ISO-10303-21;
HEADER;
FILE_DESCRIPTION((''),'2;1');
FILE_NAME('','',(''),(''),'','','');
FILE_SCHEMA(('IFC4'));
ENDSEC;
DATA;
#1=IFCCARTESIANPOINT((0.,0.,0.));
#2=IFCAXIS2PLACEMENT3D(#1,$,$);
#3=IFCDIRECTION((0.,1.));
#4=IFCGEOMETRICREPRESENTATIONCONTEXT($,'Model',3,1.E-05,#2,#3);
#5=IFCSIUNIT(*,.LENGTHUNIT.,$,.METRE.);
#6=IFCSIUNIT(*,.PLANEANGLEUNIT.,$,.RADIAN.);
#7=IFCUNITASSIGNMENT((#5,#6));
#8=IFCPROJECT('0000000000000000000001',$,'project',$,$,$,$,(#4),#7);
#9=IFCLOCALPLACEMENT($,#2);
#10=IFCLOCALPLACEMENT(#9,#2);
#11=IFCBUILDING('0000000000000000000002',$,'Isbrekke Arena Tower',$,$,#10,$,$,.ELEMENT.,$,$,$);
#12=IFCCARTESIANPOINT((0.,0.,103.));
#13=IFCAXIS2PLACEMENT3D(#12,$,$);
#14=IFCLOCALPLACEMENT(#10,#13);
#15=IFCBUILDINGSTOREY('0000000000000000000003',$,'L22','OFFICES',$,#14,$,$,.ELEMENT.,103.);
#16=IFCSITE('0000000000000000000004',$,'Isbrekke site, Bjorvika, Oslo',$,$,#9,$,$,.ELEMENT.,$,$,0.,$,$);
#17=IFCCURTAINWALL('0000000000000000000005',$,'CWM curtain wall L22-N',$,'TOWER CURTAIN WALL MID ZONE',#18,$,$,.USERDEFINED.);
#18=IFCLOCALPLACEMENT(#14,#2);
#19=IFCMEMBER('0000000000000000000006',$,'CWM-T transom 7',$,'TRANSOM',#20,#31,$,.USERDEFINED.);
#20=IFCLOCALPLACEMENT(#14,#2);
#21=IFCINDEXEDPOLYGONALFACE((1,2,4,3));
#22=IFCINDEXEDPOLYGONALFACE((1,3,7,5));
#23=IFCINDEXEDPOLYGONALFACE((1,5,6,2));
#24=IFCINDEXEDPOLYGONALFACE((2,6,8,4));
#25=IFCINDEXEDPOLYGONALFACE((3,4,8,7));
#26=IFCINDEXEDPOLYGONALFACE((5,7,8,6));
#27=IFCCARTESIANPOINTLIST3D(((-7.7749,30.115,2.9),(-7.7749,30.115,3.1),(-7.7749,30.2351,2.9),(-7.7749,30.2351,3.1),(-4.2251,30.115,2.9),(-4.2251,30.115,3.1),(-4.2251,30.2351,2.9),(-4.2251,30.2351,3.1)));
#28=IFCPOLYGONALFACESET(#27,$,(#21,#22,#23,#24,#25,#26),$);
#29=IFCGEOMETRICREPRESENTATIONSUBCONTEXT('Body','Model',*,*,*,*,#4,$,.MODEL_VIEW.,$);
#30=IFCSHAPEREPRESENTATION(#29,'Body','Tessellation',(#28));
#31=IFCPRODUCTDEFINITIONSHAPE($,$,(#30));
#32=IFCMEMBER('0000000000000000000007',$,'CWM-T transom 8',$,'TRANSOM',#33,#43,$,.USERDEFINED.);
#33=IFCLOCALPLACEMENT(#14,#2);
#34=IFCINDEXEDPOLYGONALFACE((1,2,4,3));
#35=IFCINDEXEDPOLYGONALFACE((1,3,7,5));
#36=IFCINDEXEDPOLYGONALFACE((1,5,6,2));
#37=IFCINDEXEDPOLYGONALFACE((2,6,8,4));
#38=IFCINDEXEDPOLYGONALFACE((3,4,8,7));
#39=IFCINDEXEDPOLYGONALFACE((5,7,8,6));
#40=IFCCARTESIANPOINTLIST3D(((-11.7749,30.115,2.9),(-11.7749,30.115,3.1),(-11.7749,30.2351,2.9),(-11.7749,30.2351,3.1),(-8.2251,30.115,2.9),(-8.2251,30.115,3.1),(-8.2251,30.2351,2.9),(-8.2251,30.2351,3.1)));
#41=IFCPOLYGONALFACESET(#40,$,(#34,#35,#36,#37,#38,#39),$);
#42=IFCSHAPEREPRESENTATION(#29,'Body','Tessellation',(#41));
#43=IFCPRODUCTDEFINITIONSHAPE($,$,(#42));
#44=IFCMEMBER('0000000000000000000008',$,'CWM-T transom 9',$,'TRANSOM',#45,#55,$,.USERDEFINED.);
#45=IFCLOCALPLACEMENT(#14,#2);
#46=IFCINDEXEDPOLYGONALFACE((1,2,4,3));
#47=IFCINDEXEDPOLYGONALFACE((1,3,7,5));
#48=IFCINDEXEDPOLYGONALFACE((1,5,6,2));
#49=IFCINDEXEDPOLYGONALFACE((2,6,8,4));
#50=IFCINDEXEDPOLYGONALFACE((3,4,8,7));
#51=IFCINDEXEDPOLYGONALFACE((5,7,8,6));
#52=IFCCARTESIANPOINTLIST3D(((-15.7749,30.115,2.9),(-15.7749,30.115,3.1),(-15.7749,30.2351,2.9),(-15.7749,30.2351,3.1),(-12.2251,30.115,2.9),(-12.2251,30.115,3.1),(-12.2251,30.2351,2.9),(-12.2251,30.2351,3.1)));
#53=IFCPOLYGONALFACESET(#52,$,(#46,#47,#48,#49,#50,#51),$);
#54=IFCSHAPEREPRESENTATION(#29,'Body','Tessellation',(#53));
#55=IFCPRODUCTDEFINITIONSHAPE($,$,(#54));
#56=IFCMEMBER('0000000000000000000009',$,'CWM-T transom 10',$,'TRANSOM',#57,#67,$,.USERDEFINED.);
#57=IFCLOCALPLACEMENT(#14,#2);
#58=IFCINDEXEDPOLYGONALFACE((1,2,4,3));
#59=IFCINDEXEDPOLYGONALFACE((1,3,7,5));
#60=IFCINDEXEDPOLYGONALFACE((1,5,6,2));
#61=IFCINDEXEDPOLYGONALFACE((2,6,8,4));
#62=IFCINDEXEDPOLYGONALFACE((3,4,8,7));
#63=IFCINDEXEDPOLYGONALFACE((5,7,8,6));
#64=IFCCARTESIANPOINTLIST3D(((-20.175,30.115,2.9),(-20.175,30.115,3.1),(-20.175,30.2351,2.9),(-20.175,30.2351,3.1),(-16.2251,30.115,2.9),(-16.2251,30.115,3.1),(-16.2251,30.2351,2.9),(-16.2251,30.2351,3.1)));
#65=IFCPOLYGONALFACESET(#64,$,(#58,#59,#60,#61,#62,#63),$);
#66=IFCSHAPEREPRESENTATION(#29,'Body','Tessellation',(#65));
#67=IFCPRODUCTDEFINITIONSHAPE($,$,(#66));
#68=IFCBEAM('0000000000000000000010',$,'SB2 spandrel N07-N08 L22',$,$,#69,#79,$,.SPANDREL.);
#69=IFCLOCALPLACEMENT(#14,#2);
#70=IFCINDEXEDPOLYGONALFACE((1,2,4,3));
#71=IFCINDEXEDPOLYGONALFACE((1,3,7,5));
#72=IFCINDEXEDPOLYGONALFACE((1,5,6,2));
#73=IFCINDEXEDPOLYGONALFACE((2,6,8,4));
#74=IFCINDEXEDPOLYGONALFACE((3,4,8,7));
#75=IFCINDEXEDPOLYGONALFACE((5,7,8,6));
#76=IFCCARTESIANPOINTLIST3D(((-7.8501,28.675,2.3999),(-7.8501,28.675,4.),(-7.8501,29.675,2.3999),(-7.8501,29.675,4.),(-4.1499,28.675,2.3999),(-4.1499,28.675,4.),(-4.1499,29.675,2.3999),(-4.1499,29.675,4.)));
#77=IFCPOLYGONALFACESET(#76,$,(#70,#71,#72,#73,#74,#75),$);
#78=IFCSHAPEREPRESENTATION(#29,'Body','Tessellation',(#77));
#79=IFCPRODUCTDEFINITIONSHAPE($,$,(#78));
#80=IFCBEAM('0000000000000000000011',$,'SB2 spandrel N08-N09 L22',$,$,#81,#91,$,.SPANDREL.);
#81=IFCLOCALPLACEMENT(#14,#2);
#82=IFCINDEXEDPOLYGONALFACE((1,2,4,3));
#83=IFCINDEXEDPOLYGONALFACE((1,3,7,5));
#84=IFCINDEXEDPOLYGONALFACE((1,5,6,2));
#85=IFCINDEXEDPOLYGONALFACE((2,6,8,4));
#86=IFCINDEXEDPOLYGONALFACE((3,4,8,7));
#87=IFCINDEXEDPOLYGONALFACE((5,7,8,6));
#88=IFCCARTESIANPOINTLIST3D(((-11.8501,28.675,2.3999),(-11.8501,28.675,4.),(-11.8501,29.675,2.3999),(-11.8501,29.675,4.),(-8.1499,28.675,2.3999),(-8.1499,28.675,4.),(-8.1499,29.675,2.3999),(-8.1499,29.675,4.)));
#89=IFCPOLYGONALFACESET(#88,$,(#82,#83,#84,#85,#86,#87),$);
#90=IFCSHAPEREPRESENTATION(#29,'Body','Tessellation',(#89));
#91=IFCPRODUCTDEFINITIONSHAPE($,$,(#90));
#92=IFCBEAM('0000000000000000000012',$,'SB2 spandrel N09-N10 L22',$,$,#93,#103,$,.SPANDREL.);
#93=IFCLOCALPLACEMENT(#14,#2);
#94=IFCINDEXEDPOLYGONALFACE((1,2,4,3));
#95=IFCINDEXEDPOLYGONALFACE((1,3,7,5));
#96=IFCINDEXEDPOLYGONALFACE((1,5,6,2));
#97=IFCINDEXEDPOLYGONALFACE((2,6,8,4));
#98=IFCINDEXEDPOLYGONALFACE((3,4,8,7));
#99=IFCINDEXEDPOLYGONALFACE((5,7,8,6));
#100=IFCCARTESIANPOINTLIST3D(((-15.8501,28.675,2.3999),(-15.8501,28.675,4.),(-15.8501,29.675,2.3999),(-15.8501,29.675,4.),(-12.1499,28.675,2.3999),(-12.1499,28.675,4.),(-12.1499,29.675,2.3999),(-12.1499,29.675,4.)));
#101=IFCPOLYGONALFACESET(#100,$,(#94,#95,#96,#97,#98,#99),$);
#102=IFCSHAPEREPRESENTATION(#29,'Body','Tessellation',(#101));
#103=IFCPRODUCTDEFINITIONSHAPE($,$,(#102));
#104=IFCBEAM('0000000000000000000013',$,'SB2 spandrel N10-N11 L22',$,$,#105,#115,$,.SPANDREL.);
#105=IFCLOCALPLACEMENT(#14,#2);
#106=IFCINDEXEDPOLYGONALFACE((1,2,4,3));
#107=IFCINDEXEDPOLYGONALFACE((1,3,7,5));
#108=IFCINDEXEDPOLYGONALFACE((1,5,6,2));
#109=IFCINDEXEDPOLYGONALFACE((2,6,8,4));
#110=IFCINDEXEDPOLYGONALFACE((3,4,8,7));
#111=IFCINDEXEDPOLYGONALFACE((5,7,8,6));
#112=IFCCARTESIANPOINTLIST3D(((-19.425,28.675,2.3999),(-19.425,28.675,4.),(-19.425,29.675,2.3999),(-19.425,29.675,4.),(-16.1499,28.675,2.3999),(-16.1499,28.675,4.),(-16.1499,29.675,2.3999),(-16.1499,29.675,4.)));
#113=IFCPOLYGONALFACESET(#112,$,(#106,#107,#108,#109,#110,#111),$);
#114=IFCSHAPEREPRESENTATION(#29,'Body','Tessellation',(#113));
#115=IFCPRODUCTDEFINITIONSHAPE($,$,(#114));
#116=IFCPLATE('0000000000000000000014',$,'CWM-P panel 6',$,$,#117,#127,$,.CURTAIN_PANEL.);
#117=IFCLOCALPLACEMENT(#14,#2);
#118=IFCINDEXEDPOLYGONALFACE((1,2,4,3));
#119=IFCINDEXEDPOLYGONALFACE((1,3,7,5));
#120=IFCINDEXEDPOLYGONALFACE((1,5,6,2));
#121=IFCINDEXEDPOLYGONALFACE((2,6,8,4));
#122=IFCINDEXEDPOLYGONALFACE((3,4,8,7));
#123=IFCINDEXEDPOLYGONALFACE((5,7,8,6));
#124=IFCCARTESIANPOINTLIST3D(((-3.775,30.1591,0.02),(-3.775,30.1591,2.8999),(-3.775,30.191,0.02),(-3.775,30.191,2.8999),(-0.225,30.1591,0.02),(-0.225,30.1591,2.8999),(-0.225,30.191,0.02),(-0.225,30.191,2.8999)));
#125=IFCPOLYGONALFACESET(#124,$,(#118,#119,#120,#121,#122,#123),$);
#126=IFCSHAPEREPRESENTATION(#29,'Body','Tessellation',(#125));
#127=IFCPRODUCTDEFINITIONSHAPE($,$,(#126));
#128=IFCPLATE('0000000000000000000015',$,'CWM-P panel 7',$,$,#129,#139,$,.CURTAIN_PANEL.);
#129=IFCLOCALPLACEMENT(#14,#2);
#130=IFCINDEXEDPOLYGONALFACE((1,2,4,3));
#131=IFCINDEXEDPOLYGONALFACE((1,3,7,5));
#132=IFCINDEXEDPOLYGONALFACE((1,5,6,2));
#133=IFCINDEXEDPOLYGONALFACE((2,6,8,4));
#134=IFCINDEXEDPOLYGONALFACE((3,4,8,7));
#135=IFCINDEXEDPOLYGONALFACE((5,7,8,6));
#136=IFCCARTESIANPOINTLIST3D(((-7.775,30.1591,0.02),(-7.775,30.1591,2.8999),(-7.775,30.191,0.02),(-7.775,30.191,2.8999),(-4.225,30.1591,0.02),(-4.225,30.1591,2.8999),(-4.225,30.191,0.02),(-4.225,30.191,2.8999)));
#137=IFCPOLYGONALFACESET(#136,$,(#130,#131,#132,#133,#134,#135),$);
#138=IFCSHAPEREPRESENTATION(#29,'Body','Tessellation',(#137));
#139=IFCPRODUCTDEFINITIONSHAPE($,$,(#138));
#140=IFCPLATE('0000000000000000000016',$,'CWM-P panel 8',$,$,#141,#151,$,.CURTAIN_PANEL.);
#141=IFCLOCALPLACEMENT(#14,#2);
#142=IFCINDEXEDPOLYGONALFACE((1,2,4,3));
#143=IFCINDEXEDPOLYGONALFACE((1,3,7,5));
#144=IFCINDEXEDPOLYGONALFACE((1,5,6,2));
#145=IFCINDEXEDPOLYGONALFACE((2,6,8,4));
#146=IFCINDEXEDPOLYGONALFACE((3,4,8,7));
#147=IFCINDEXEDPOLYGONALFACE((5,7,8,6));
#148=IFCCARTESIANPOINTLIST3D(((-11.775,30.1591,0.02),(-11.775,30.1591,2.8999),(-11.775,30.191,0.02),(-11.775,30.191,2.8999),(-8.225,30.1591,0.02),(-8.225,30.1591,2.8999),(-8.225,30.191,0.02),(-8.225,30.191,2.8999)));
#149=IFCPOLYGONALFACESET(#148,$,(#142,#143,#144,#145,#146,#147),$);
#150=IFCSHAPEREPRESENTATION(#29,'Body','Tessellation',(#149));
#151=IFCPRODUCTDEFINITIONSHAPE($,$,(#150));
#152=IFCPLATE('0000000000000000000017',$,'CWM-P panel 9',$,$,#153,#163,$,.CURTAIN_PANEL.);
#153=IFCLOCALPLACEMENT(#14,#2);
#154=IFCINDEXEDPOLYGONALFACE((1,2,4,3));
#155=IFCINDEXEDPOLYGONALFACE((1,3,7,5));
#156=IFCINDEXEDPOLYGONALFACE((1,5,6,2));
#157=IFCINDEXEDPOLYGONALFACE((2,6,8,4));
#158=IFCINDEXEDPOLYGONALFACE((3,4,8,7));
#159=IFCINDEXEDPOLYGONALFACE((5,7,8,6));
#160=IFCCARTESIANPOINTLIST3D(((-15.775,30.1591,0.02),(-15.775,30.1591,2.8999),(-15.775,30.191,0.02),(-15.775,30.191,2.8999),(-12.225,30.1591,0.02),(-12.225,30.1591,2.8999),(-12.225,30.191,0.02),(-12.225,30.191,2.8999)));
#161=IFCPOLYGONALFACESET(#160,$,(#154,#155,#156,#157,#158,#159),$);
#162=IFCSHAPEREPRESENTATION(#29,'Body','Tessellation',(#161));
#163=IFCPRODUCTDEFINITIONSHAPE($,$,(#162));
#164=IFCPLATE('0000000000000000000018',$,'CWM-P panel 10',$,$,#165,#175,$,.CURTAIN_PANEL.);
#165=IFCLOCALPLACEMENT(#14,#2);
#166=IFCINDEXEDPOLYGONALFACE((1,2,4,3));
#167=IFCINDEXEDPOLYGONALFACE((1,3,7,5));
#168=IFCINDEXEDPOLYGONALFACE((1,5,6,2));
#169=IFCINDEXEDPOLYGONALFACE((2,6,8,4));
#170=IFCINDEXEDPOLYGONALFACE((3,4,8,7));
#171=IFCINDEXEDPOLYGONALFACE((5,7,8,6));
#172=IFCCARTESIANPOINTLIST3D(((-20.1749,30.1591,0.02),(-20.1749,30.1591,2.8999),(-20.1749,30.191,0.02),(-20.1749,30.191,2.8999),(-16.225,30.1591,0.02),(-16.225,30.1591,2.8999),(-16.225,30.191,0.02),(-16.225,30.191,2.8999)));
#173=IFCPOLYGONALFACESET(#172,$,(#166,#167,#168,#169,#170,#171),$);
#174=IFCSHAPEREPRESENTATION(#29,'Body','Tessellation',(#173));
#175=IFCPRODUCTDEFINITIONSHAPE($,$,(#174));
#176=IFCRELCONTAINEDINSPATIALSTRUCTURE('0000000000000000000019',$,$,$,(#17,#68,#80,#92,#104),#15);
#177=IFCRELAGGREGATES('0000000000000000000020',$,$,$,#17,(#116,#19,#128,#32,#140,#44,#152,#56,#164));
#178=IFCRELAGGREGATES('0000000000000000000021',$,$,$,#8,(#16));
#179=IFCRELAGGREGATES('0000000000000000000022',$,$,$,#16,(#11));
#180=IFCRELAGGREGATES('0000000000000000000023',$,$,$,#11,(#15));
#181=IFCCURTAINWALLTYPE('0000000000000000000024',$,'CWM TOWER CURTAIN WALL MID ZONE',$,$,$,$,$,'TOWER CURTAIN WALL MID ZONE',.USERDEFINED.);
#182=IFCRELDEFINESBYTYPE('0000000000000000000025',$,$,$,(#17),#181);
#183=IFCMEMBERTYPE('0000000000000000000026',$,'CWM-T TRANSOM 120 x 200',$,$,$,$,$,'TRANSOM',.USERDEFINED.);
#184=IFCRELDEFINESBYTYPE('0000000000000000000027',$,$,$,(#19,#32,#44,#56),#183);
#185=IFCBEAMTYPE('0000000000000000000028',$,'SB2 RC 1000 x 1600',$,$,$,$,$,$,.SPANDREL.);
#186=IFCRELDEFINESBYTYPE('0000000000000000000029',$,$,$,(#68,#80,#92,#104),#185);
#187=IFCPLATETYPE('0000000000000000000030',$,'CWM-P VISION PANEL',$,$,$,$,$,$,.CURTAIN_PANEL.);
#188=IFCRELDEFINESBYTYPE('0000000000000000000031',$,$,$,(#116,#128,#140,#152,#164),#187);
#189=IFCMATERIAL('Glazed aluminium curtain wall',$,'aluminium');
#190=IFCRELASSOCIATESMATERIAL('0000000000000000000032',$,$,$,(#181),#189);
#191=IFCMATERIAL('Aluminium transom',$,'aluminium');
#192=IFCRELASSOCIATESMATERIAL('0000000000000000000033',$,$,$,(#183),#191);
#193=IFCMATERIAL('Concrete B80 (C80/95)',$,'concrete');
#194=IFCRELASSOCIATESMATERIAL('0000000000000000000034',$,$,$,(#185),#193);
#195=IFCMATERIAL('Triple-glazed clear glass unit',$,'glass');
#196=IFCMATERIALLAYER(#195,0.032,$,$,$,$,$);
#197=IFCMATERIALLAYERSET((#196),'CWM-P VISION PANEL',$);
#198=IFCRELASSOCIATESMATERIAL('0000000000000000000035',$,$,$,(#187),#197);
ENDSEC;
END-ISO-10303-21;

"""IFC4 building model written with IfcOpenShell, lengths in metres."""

from ifc_helpers import new_model, si_unit, direction, frame, origin, origin_2d, place, context, subcontext, project, spatial, rectangle, extrude, material, layer, layer_set, material_profile, profile_set, type_object, element, aggregate, save


model = new_model("IFC4")

# Units and contexts
model_context = context("Model", 3, precision=1e-05, world=origin(), true_north=direction((0.0, 1.0)))
body_context = subcontext(model_context, "Body", "Model", "MODEL_VIEW")
ifc_project = project(units=[si_unit("LENGTHUNIT", "METRE"), si_unit("PLANEANGLEUNIT", "RADIAN")], contexts=[model_context])

# Site, building, storey
site_placement = place(None, origin())
site = spatial("IfcSite", under=ifc_project, at=site_placement, Name="Isbrekke site, Bjorvika, Oslo", CompositionType="ELEMENT", RefElevation=0.0)
building_placement = place(site_placement, origin())
building = spatial("IfcBuilding", under=site, at=building_placement, Name="Isbrekke Arena Tower", CompositionType="ELEMENT")
storey_placement = place(building_placement, frame((0.0, 0.0, 103.0)))
storey = spatial("IfcBuildingStorey", under=building, at=storey_placement, Name="L22", Description="OFFICES", CompositionType="ELEMENT", Elevation=103.0)

# Curtain wall, members
ifc_material_1 = material(Name="Glazed aluminium curtain wall", Category="aluminium")
curtain_wall_type = type_object("IfcCurtainWallType", Name="CWM TOWER CURTAIN WALL MID ZONE", ElementType="TOWER CURTAIN WALL MID ZONE", PredefinedType="USERDEFINED", material=ifc_material_1)
curtain_wall_placement = place(storey_placement, origin())
curtain_wall = element("IfcCurtainWall", 1, at=curtain_wall_placement, inside=storey, type_object=curtain_wall_type, Name="CWM curtain wall L22-N", ObjectType="TOWER CURTAIN WALL MID ZONE", PredefinedType="USERDEFINED")
ifc_material_2 = material(Name="Aluminium transom", Category="aluminium")
ifc_material_profile_1 = material_profile(ifc_material_2, rectangle(XDim=0.1201, YDim=0.2, at=origin_2d()), Name="TRANSOM 120X200")
ifc_profile_set_1 = profile_set([ifc_material_profile_1], Name="Aluminium transom")
member_type_1 = type_object("IfcMemberType", Name="CWM-T TRANSOM 120 x 200", ElementType="TRANSOM", PredefinedType="USERDEFINED", material=ifc_profile_set_1)
member_1_placement = place(storey_placement, frame((-4.2251, 30.175, 3.0), z_axis=(-1.0, 0.0, 0.0), x_axis=(0.0, -1.0, 0.0)))
member_1 = element("IfcMember", 2, at=member_1_placement, type_object=member_type_1, Name="CWM-T transom 7", ObjectType="TRANSOM", PredefinedType="USERDEFINED", context=body_context, shape_type="SweptSolid", body=[
    extrude(rectangle(XDim=0.1201, YDim=0.2, at=origin_2d()), origin(), (0.0, 0.0, 1.0), 3.5498),
])
member_2_placement = place(storey_placement, frame((-8.2251, 30.175, 3.0), z_axis=(-1.0, 0.0, 0.0), x_axis=(0.0, -1.0, 0.0)))
member_2 = element("IfcMember", 3, at=member_2_placement, type_object=member_type_1, Name="CWM-T transom 8", ObjectType="TRANSOM", PredefinedType="USERDEFINED", context=body_context, shape_type="SweptSolid", body=[
    extrude(rectangle(XDim=0.1201, YDim=0.2, at=origin_2d()), origin(), (0.0, 0.0, 1.0), 3.5498),
])
member_3_placement = place(storey_placement, frame((-12.2251, 30.175, 3.0), z_axis=(-1.0, 0.0, 0.0), x_axis=(0.0, -1.0, 0.0)))
member_3 = element("IfcMember", 4, at=member_3_placement, type_object=member_type_1, Name="CWM-T transom 9", ObjectType="TRANSOM", PredefinedType="USERDEFINED", context=body_context, shape_type="SweptSolid", body=[
    extrude(rectangle(XDim=0.1201, YDim=0.2, at=origin_2d()), origin(), (0.0, 0.0, 1.0), 3.5498),
])
member_4_placement = place(storey_placement, frame((-16.2251, 30.175, 3.0), z_axis=(-1.0, 0.0, 0.0), x_axis=(0.0, -1.0, 0.0)))
member_4 = element("IfcMember", 5, at=member_4_placement, type_object=member_type_1, Name="CWM-T transom 10", ObjectType="TRANSOM", PredefinedType="USERDEFINED", context=body_context, shape_type="SweptSolid", body=[
    extrude(rectangle(XDim=0.1201, YDim=0.2, at=origin_2d()), origin(), (0.0, 0.0, 1.0), 3.95),
])

# Beams
ifc_material_3 = material(Name="Concrete B80 (C80/95)", Category="concrete")
ifc_material_profile_2 = material_profile(ifc_material_3, rectangle(XDim=1.0, YDim=1.6001, at=origin_2d()), Name="RC 1000x1600")
ifc_profile_set_2 = profile_set([ifc_material_profile_2], Name="Concrete B80 (C80/95)")
beam_type_1 = type_object("IfcBeamType", Name="SB2 RC 1000 x 1600", PredefinedType="SPANDREL", material=ifc_profile_set_2)
for number, where, z_axis, x_axis, name in (
    (6, (-4.1499, 29.175, 3.2), (-1.0, 0.0, 0.0), (0.0, -1.0, 0.0), "SB2 spandrel N07-N08 L22"),
    (7, (-8.1499, 29.175, 3.2), (-1.0, 0.0, 0.0), (0.0, -1.0, 0.0), "SB2 spandrel N08-N09 L22"),
    (8, (-12.1499, 29.175, 3.2), (-1.0, 0.0, 0.0), (0.0, -1.0, 0.0), "SB2 spandrel N09-N10 L22"),
):
    element("IfcBeam", number, at=place(storey_placement, frame(where, z_axis=z_axis, x_axis=x_axis)), inside=storey, type_object=beam_type_1, Name=name, PredefinedType="SPANDREL", context=body_context, shape_type="SweptSolid", body=[
        extrude(rectangle(XDim=1.0, YDim=1.6001, at=origin_2d()), origin(), (0.0, 0.0, 1.0), 3.7002),
    ])
beam_1_placement = place(storey_placement, frame((-16.1499, 29.175, 3.2), z_axis=(-1.0, 0.0, 0.0), x_axis=(0.0, -1.0, 0.0)))
element("IfcBeam", 9, at=beam_1_placement, inside=storey, type_object=beam_type_1, Name="SB2 spandrel N10-N11 L22", PredefinedType="SPANDREL", context=body_context, shape_type="SweptSolid", body=[
    extrude(rectangle(XDim=1.0, YDim=1.6001, at=origin_2d()), origin(), (0.0, 0.0, 1.0), 3.2751),
])

# Plates
ifc_material_4 = material(Name="Triple-glazed clear glass unit", Category="glass")
ifc_layer = layer(ifc_material_4, 0.032)
ifc_layer_set = layer_set([ifc_layer], Name="CWM-P VISION PANEL")
plate_type = type_object("IfcPlateType", Name="CWM-P VISION PANEL", PredefinedType="CURTAIN_PANEL", material=ifc_layer_set)
plate_1_placement = place(storey_placement, frame((-2.0, 30.175, 0.02), z_axis=(0.0, 0.0, 1.0), x_axis=(-1.0, 0.0, 0.0)))
plate_1 = element("IfcPlate", 10, at=plate_1_placement, type_object=plate_type, Name="CWM-P panel 6", PredefinedType="CURTAIN_PANEL", context=body_context, shape_type="SweptSolid", body=[
    extrude(rectangle(XDim=3.55, YDim=0.032, at=origin_2d()), origin(), (0.0, 0.0, 1.0), 2.8799),
])
plate_2_placement = place(storey_placement, frame((-6.0, 30.175, 0.02), z_axis=(0.0, 0.0, 1.0), x_axis=(-1.0, 0.0, 0.0)))
plate_2 = element("IfcPlate", 11, at=plate_2_placement, type_object=plate_type, Name="CWM-P panel 7", PredefinedType="CURTAIN_PANEL", context=body_context, shape_type="SweptSolid", body=[
    extrude(rectangle(XDim=3.55, YDim=0.032, at=origin_2d()), origin(), (0.0, 0.0, 1.0), 2.8799),
])
plate_3_placement = place(storey_placement, frame((-10.0, 30.175, 0.02), z_axis=(0.0, 0.0, 1.0), x_axis=(-1.0, 0.0, 0.0)))
plate_3 = element("IfcPlate", 12, at=plate_3_placement, type_object=plate_type, Name="CWM-P panel 8", PredefinedType="CURTAIN_PANEL", context=body_context, shape_type="SweptSolid", body=[
    extrude(rectangle(XDim=3.55, YDim=0.032, at=origin_2d()), origin(), (0.0, 0.0, 1.0), 2.8799),
])
plate_4_placement = place(storey_placement, frame((-14.0, 30.175, 0.02), z_axis=(0.0, 0.0, 1.0), x_axis=(-1.0, 0.0, 0.0)))
plate_4 = element("IfcPlate", 13, at=plate_4_placement, type_object=plate_type, Name="CWM-P panel 9", PredefinedType="CURTAIN_PANEL", context=body_context, shape_type="SweptSolid", body=[
    extrude(rectangle(XDim=3.55, YDim=0.032, at=origin_2d()), origin(), (0.0, 0.0, 1.0), 2.8799),
])
plate_5_placement = place(storey_placement, frame((-18.2, 30.175, 0.02), z_axis=(0.0, 0.0, 1.0), x_axis=(-1.0, 0.0, 0.0)))
plate_5 = element("IfcPlate", 14, at=plate_5_placement, type_object=plate_type, Name="CWM-P panel 10", PredefinedType="CURTAIN_PANEL", context=body_context, shape_type="SweptSolid", body=[
    extrude(rectangle(XDim=3.95, YDim=0.032, at=origin_2d()), origin(), (0.0, 0.0, 1.0), 2.8799),
])
aggregate(curtain_wall, [plate_1, member_1, plate_2, member_2, plate_3, member_3, plate_4, member_4, plate_5])

save(model, "model.ifc")
